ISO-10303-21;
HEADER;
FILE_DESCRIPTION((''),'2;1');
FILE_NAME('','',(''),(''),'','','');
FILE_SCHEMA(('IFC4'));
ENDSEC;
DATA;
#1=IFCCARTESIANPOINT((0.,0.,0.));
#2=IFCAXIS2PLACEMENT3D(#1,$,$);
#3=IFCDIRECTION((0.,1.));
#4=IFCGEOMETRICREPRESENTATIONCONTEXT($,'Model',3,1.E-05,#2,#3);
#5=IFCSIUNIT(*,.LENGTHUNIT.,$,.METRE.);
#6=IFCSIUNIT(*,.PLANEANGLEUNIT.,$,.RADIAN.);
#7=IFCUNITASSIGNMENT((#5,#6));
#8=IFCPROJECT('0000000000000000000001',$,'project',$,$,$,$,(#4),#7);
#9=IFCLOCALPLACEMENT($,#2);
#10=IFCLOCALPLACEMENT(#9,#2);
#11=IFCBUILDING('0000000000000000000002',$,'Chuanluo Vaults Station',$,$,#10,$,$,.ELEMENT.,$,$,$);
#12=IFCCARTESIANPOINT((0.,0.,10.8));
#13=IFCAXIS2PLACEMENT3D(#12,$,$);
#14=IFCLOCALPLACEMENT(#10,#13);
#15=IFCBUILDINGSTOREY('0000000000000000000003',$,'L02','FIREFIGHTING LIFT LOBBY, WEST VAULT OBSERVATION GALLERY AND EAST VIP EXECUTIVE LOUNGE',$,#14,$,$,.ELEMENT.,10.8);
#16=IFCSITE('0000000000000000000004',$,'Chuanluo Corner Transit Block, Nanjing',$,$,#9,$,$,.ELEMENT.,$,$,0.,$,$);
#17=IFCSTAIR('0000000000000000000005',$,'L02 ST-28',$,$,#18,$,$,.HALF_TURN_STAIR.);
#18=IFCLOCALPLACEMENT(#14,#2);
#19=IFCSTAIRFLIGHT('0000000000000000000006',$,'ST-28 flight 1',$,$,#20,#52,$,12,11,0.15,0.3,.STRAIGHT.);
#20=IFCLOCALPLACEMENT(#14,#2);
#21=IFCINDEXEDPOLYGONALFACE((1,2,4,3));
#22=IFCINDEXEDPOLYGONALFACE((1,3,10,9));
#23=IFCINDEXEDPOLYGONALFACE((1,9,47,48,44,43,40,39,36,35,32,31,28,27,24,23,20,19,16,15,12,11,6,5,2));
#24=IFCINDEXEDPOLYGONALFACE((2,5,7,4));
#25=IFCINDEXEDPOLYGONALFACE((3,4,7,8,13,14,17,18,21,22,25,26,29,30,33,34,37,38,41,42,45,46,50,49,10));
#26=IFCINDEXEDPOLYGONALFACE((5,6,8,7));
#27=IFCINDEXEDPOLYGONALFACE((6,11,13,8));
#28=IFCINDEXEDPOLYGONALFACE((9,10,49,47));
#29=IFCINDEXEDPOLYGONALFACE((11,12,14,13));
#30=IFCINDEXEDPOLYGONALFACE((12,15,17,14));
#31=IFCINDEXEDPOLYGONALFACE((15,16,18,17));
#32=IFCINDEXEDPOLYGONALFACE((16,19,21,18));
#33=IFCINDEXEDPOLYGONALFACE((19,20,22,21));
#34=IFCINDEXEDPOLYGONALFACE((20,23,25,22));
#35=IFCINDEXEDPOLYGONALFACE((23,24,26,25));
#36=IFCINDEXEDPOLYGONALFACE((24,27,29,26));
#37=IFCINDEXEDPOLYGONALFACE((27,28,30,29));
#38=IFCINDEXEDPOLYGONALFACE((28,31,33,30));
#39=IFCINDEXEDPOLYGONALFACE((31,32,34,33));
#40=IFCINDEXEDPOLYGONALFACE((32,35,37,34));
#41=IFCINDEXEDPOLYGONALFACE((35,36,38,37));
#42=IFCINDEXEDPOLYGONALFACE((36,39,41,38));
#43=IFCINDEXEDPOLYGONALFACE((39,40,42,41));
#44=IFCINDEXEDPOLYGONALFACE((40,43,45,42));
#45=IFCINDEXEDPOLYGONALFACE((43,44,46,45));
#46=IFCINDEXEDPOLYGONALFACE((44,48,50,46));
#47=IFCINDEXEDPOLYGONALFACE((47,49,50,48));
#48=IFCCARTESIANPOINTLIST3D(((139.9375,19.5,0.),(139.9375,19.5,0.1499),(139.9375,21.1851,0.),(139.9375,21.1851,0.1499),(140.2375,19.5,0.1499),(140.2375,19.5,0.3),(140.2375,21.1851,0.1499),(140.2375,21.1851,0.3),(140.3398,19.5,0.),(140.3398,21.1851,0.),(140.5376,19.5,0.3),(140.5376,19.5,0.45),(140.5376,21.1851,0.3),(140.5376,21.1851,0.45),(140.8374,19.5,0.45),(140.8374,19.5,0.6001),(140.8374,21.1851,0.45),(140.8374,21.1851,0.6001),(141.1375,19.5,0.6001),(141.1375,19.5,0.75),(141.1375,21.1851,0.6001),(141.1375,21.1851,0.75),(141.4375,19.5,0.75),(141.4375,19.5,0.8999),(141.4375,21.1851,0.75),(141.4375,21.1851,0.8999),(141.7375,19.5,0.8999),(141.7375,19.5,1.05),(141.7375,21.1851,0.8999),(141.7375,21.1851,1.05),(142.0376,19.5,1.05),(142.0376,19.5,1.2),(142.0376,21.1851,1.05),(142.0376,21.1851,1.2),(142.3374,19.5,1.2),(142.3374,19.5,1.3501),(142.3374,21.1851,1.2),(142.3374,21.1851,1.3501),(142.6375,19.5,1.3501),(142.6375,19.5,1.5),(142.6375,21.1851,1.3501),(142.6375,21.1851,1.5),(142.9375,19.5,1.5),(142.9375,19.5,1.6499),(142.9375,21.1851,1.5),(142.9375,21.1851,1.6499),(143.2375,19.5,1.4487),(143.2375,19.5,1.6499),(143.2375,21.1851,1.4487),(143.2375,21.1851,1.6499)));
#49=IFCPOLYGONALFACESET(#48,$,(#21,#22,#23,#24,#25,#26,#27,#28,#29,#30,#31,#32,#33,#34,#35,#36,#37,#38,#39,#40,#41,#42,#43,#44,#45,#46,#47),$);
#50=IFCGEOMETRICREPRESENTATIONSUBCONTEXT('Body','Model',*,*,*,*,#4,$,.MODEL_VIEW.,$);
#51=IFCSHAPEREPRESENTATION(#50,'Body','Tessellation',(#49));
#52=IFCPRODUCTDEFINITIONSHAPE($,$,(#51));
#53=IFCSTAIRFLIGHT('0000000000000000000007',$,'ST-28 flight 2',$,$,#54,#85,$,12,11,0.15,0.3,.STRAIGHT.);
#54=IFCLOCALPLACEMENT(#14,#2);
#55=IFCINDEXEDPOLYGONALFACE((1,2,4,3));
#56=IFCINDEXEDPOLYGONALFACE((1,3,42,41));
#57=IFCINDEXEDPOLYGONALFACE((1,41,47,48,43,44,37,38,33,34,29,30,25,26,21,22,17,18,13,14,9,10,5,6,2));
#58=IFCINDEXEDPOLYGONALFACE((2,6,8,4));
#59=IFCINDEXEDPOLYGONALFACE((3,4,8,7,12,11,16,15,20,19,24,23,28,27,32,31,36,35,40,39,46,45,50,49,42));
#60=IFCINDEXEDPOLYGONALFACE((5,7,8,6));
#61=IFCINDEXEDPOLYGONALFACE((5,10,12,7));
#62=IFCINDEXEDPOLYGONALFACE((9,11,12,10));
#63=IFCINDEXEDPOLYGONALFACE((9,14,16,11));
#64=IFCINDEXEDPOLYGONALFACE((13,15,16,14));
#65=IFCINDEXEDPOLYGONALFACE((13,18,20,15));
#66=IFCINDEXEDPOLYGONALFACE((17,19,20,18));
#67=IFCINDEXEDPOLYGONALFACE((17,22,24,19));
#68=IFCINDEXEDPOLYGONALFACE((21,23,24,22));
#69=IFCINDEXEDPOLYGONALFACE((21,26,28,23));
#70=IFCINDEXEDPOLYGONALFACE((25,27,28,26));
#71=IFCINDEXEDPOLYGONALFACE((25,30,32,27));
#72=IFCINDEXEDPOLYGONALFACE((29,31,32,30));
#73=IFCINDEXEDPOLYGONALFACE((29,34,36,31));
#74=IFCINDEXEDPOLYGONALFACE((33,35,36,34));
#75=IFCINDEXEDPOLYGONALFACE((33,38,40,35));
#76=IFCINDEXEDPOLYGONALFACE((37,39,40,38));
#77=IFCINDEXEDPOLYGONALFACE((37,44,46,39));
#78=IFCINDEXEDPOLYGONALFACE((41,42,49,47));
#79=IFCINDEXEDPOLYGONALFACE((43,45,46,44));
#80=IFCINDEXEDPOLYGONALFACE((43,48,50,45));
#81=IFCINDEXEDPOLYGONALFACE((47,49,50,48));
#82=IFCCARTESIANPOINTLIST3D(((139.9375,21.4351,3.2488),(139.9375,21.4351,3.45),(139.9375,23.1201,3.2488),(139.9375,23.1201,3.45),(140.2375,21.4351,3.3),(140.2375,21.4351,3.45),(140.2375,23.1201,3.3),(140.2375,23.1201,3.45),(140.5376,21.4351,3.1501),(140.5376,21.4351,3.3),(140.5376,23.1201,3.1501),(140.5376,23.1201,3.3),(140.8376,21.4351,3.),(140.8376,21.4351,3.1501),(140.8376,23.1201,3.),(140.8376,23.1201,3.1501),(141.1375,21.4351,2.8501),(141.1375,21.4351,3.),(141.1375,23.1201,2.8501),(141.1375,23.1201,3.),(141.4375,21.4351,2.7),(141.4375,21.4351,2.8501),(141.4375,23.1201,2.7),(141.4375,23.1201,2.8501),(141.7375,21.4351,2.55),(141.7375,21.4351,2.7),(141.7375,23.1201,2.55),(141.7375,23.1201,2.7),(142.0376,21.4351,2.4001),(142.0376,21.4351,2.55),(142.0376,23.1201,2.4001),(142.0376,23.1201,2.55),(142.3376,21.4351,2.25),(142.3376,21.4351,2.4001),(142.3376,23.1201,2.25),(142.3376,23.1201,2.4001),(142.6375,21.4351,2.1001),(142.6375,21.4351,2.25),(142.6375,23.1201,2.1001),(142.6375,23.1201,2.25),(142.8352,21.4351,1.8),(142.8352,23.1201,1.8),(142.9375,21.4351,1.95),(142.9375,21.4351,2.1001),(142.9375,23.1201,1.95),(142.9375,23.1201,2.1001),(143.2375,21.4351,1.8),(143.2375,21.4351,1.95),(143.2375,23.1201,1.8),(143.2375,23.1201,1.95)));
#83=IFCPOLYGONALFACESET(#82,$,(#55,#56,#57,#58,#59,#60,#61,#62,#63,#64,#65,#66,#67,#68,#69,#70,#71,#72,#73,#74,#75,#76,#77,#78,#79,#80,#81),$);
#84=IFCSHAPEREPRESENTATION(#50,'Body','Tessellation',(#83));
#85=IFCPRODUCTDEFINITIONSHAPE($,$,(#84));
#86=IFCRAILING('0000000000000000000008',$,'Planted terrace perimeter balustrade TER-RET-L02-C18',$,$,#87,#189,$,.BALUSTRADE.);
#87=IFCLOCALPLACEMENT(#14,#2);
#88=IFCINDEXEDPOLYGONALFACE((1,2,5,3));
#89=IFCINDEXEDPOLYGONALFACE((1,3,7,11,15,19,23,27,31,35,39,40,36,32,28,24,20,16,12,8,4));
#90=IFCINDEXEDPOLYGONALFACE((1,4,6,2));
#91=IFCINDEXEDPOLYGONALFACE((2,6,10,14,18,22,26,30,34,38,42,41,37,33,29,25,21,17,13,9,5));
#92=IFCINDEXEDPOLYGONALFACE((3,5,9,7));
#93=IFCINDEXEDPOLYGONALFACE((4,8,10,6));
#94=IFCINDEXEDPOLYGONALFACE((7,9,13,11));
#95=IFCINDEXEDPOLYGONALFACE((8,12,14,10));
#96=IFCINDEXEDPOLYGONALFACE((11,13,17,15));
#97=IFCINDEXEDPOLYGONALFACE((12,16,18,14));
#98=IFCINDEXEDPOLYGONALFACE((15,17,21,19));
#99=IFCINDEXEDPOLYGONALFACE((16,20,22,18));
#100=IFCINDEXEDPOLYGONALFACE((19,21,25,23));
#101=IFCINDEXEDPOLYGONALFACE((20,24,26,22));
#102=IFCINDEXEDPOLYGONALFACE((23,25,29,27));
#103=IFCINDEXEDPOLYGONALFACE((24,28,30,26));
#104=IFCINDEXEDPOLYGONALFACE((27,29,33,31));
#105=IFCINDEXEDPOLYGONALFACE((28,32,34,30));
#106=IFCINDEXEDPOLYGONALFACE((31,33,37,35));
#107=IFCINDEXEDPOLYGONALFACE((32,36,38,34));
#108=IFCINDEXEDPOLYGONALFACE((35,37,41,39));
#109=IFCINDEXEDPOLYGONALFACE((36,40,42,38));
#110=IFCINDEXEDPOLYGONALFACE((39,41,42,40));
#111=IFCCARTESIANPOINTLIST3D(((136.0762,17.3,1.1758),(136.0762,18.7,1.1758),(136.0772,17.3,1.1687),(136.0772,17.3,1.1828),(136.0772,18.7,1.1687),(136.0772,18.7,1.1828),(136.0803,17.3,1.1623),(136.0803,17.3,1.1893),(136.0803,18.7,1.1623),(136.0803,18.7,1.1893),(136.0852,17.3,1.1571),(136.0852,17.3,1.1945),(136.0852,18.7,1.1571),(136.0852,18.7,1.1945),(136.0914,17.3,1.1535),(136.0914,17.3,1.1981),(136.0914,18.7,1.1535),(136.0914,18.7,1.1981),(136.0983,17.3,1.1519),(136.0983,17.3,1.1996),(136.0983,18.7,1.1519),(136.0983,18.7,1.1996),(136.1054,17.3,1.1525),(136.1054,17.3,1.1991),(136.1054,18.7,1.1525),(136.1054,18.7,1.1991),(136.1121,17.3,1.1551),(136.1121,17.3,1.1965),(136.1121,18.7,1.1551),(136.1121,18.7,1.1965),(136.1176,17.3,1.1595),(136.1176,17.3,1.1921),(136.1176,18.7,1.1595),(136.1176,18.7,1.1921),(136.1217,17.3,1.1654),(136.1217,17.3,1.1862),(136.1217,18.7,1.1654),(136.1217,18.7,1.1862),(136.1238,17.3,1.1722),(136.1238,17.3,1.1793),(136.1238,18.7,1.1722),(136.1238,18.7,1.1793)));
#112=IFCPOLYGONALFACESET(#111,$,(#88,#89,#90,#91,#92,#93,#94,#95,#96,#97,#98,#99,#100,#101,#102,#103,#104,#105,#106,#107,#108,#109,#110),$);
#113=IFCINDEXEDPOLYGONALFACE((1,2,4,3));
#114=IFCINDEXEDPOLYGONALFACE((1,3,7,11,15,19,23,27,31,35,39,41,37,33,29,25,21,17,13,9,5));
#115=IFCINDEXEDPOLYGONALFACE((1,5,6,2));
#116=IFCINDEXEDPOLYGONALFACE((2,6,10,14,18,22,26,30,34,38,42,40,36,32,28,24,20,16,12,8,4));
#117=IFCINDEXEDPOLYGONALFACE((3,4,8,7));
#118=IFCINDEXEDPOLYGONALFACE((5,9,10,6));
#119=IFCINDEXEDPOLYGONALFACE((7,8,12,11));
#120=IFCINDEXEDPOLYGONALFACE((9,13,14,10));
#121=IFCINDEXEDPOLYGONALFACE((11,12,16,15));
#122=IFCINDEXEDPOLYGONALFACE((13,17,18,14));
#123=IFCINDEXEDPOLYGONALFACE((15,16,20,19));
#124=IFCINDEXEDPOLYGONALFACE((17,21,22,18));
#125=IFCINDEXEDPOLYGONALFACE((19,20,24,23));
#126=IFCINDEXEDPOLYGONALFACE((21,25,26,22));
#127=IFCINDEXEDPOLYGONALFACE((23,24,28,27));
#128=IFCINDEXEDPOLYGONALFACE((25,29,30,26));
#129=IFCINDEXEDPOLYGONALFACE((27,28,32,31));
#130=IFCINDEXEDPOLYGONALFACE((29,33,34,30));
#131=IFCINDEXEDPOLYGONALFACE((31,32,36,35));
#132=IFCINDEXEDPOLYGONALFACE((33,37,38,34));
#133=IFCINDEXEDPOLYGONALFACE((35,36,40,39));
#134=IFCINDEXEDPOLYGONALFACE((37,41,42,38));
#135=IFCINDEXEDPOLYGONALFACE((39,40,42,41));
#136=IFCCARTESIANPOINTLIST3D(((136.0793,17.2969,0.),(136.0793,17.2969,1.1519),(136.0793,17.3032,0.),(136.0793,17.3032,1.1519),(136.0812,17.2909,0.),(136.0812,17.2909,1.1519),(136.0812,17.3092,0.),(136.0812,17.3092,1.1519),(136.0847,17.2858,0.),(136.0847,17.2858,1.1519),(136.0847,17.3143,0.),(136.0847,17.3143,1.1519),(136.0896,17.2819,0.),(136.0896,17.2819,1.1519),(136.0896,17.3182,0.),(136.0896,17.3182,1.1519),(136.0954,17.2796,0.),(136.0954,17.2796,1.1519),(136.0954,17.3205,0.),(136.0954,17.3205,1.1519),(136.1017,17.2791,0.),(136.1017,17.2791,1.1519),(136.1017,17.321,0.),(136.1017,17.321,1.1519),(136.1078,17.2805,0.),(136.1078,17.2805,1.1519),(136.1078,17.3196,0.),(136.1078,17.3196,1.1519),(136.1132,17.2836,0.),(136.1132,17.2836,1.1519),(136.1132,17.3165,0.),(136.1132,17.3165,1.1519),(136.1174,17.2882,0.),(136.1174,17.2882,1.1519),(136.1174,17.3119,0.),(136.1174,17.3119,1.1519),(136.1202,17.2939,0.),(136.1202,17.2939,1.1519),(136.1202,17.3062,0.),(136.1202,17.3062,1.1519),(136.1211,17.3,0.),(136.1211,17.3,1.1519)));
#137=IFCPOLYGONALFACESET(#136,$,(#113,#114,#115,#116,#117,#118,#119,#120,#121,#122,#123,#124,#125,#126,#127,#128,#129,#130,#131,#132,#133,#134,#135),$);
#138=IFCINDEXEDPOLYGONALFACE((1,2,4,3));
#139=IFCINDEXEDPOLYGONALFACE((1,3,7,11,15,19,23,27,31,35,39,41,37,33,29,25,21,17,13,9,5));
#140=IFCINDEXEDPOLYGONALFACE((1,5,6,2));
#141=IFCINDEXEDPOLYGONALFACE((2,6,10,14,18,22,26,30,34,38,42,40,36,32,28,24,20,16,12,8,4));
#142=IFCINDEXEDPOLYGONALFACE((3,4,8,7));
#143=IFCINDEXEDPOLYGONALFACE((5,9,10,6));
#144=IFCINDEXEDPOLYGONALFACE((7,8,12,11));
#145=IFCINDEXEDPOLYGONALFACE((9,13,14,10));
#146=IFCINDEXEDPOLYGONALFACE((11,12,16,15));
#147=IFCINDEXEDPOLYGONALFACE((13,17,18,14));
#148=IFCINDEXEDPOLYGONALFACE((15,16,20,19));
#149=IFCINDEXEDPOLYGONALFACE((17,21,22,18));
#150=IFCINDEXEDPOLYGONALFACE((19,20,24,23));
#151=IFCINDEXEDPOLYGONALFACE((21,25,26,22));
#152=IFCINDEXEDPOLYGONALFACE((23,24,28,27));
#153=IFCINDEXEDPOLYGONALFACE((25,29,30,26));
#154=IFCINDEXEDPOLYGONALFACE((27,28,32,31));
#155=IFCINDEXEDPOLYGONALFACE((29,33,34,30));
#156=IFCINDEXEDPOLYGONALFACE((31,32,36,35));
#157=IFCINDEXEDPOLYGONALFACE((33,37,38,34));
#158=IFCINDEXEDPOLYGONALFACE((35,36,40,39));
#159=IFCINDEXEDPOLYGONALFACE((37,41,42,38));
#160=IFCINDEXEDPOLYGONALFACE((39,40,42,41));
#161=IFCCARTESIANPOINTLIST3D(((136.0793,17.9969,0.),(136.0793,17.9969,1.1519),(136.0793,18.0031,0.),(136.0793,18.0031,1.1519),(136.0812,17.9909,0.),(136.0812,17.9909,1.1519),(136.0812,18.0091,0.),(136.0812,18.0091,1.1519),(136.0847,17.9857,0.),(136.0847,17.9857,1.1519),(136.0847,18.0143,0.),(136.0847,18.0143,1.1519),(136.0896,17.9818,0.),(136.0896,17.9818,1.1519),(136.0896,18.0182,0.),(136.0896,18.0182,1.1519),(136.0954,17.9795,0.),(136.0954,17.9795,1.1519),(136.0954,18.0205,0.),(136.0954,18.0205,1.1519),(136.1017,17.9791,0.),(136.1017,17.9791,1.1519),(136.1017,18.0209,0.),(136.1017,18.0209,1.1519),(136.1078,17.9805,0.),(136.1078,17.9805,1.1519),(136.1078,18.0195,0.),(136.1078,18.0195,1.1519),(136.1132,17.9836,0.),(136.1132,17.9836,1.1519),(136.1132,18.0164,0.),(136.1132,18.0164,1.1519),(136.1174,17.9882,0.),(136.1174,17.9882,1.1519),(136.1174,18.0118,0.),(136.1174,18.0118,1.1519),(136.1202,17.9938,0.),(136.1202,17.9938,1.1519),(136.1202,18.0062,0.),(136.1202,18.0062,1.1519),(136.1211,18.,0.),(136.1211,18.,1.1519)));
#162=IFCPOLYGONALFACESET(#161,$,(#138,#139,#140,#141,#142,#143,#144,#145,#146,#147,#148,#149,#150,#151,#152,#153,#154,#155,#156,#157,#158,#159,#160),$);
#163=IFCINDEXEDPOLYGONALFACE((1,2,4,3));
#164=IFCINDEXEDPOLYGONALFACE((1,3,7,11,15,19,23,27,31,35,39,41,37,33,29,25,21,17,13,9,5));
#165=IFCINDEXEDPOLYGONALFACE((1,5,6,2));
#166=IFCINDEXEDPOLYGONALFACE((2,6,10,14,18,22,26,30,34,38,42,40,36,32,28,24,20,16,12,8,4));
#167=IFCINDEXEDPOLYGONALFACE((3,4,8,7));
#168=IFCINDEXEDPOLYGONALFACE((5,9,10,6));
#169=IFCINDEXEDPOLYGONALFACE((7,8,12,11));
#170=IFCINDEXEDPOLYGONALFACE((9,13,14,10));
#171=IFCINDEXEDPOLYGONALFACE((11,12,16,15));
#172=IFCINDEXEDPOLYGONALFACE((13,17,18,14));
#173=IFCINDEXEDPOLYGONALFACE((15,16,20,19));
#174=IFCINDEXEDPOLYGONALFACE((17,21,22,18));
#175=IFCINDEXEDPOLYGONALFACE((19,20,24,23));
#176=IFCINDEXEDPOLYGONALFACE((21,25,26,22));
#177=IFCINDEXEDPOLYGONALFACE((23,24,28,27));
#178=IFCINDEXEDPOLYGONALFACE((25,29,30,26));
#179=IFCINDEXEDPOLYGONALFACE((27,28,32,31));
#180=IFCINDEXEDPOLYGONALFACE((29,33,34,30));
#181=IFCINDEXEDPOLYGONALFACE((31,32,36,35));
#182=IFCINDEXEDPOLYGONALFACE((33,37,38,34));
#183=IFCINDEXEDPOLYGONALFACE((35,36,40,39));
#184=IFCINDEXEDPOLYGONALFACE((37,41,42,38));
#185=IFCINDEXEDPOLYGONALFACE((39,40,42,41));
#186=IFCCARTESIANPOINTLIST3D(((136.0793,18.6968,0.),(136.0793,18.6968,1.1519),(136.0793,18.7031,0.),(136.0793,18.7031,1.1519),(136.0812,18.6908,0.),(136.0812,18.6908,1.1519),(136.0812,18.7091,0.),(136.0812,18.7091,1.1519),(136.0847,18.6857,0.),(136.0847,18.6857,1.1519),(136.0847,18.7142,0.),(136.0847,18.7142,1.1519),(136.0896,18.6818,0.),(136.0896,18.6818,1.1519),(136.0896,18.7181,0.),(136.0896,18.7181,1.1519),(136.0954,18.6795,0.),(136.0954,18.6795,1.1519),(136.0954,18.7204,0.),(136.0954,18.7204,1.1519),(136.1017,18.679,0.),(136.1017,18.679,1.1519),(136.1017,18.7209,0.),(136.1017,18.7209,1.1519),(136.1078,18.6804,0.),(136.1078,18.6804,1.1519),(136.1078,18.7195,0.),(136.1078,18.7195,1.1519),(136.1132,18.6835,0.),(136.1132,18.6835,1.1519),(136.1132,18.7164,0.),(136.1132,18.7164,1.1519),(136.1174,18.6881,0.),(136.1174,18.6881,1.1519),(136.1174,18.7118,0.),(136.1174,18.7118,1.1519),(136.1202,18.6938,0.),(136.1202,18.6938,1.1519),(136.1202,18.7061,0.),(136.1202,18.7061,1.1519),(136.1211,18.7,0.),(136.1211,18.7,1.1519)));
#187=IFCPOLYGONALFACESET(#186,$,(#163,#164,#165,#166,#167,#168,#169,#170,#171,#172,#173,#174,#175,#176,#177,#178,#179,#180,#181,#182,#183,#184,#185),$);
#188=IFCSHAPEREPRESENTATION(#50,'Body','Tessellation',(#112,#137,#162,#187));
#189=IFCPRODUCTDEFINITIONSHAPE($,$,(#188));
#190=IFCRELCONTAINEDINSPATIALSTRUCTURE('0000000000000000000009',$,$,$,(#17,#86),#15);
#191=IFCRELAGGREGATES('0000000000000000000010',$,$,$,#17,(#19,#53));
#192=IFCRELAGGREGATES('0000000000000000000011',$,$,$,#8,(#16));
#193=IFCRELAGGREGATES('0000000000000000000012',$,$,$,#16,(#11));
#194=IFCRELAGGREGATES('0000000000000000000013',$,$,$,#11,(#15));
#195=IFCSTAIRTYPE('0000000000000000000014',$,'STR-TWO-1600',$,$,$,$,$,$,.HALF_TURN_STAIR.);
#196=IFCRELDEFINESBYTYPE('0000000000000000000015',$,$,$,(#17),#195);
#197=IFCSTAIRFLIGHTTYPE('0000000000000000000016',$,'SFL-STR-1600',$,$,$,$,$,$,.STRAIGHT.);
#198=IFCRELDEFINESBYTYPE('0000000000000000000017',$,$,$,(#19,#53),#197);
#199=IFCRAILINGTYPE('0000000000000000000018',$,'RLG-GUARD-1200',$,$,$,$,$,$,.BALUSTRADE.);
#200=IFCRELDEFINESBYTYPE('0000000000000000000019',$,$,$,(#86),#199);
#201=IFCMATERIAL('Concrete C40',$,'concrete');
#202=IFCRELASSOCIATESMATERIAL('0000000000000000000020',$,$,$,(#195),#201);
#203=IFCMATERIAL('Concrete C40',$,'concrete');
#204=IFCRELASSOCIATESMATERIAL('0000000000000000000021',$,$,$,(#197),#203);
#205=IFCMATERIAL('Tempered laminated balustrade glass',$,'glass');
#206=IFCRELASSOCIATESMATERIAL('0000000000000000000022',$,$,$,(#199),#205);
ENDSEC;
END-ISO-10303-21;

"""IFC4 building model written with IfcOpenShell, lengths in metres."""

from ifc_helpers import new_model, si_unit, direction, frame, origin, origin_2d, place, context, subcontext, project, spatial, polyline, circle, outline, extrude, material, type_object, element, aggregate, save


model = new_model("IFC4")

# Units and contexts
model_context = context("Model", 3, precision=1e-05, world=origin(), true_north=direction((0.0, 1.0)))
body_context = subcontext(model_context, "Body", "Model", "MODEL_VIEW")
ifc_project = project(units=[si_unit("LENGTHUNIT", "METRE"), si_unit("PLANEANGLEUNIT", "RADIAN")], contexts=[model_context])

# Site, building, storey
site_placement = place(None, origin())
site = spatial("IfcSite", under=ifc_project, at=site_placement, Name="Chuanluo Corner Transit Block, Nanjing", CompositionType="ELEMENT", RefElevation=0.0)
building_placement = place(site_placement, origin())
building = spatial("IfcBuilding", under=site, at=building_placement, Name="Chuanluo Vaults Station", CompositionType="ELEMENT")
storey_placement = place(building_placement, frame((0.0, 0.0, 10.8)))
storey = spatial("IfcBuildingStorey", under=building, at=storey_placement, Name="L02", Description="FIREFIGHTING LIFT LOBBY, WEST VAULT OBSERVATION GALLERY AND EAST VIP EXECUTIVE LOUNGE", CompositionType="ELEMENT", Elevation=10.8)

# Stair, stair flights
ifc_material_1 = material(Name="Concrete C40", Category="concrete")
stair_type = type_object("IfcStairType", Name="STR-TWO-1600", PredefinedType="HALF_TURN_STAIR", material=ifc_material_1)
stair_placement = place(storey_placement, origin())
stair = element("IfcStair", 1, at=stair_placement, inside=storey, type_object=stair_type, Name="L02 ST-28", PredefinedType="HALF_TURN_STAIR")
ifc_material_2 = material(Name="Concrete C40", Category="concrete")
stair_flight_type = type_object("IfcStairFlightType", Name="SFL-STR-1600", PredefinedType="STRAIGHT", material=ifc_material_2)
stair_flight_1_placement = place(storey_placement, frame((139.9375, 20.3425, 0.0), z_axis=(0.0, 0.0, 1.0), x_axis=(1.0, 0.0, 0.0)))
stair_flight_1 = element("IfcStairFlight", 2, at=stair_flight_1_placement, type_object=stair_flight_type, Name="ST-28 flight 1", NumberOfRisers=12, NumberOfTreads=11, PredefinedType="STRAIGHT", RiserHeight=0.15, TreadLength=0.3, context=body_context, shape_type="SweptSolid", body=[
    extrude(outline(polyline([(0.0, 0.0), (0.0, 0.1499), (0.3, 0.1499), (0.3, 0.3), (0.6001, 0.3), (0.6001, 0.45), (0.8999, 0.45), (0.8999, 0.6001), (1.2, 0.6001), (1.2, 0.75), (1.5, 0.75), (1.5, 0.8999), (1.8, 0.8999), (1.8, 1.05), (2.1001, 1.05), (2.1001, 1.2), (2.3999, 1.2), (2.3999, 1.3501), (2.7, 1.3501), (2.7, 1.5), (3.0, 1.5), (3.0, 1.6499), (3.3, 1.6499), (3.3, 1.8), (3.3, 1.4487), (0.4023, 0.0), (0.0, 0.0)])), frame((0.0, 0.8425, 0.0), z_axis=(0.0, -1.0, 0.0), x_axis=(1.0, 0.0, 0.0)), (0.0, 0.0, 1.0), 1.6851),
])
stair_flight_2_placement = place(storey_placement, frame((143.2375, 22.2776, 1.8), z_axis=(0.0, 0.0, 1.0), x_axis=(-1.0, 0.0, 0.0)))
stair_flight_2 = element("IfcStairFlight", 3, at=stair_flight_2_placement, type_object=stair_flight_type, Name="ST-28 flight 2", NumberOfRisers=12, NumberOfTreads=11, PredefinedType="STRAIGHT", RiserHeight=0.15, TreadLength=0.3, context=body_context, shape_type="SweptSolid", body=[
    extrude(outline(polyline([(0.0, 0.0), (0.0, 0.1499), (0.3, 0.1499), (0.3, 0.3), (0.6001, 0.3), (0.6001, 0.45), (0.8999, 0.45), (0.8999, 0.6001), (1.2, 0.6001), (1.2, 0.75), (1.5, 0.75), (1.5, 0.8999), (1.8, 0.8999), (1.8, 1.05), (2.1001, 1.05), (2.1001, 1.2), (2.3999, 1.2), (2.3999, 1.3501), (2.7, 1.3501), (2.7, 1.5), (3.0, 1.5), (3.0, 1.6499), (3.3, 1.6499), (3.3, 1.8), (3.3, 1.4487), (0.4023, 0.0), (0.0, 0.0)])), frame((0.0, 0.8425, 0.0), z_axis=(0.0, -1.0, 0.0), x_axis=(1.0, 0.0, 0.0)), (0.0, 0.0, 1.0), 1.6851),
])
aggregate(stair, [stair_flight_1, stair_flight_2])

# Railing
ifc_material_3 = material(Name="Tempered laminated balustrade glass", Category="glass")
railing_type_1 = type_object("IfcRailingType", Name="RLG-GUARD-1200", PredefinedType="BALUSTRADE", material=ifc_material_3)
railing_1_placement = place(storey_placement, frame((136.1001, 17.3, 0.0)))
element("IfcRailing", 4, at=railing_1_placement, inside=storey, type_object=railing_type_1, Name="Planted terrace perimeter balustrade TER-RET-L02-C18", PredefinedType="BALUSTRADE", context=body_context, shape_type="SweptSolid", body=[
    extrude(circle(Radius=0.0239, at=origin_2d()), frame((0.0, 0.0, 1.1758), z_axis=(0.0, 1.0, 0.0), x_axis=(-1.0, 0.0, 0.0)), (0.0, 0.0, 1.0), 1.3999),
    extrude(circle(Radius=0.021, at=origin_2d()), origin(), (0.0, 0.0, 1.0), 1.1519),
    extrude(circle(Radius=0.021, at=origin_2d()), frame((0.0, 0.7, 0.0)), (0.0, 0.0, 1.0), 1.1519),
    extrude(circle(Radius=0.021, at=origin_2d()), frame((0.0, 1.3999, 0.0)), (0.0, 0.0, 1.0), 1.1519),
])

save(model, "model.ifc")
